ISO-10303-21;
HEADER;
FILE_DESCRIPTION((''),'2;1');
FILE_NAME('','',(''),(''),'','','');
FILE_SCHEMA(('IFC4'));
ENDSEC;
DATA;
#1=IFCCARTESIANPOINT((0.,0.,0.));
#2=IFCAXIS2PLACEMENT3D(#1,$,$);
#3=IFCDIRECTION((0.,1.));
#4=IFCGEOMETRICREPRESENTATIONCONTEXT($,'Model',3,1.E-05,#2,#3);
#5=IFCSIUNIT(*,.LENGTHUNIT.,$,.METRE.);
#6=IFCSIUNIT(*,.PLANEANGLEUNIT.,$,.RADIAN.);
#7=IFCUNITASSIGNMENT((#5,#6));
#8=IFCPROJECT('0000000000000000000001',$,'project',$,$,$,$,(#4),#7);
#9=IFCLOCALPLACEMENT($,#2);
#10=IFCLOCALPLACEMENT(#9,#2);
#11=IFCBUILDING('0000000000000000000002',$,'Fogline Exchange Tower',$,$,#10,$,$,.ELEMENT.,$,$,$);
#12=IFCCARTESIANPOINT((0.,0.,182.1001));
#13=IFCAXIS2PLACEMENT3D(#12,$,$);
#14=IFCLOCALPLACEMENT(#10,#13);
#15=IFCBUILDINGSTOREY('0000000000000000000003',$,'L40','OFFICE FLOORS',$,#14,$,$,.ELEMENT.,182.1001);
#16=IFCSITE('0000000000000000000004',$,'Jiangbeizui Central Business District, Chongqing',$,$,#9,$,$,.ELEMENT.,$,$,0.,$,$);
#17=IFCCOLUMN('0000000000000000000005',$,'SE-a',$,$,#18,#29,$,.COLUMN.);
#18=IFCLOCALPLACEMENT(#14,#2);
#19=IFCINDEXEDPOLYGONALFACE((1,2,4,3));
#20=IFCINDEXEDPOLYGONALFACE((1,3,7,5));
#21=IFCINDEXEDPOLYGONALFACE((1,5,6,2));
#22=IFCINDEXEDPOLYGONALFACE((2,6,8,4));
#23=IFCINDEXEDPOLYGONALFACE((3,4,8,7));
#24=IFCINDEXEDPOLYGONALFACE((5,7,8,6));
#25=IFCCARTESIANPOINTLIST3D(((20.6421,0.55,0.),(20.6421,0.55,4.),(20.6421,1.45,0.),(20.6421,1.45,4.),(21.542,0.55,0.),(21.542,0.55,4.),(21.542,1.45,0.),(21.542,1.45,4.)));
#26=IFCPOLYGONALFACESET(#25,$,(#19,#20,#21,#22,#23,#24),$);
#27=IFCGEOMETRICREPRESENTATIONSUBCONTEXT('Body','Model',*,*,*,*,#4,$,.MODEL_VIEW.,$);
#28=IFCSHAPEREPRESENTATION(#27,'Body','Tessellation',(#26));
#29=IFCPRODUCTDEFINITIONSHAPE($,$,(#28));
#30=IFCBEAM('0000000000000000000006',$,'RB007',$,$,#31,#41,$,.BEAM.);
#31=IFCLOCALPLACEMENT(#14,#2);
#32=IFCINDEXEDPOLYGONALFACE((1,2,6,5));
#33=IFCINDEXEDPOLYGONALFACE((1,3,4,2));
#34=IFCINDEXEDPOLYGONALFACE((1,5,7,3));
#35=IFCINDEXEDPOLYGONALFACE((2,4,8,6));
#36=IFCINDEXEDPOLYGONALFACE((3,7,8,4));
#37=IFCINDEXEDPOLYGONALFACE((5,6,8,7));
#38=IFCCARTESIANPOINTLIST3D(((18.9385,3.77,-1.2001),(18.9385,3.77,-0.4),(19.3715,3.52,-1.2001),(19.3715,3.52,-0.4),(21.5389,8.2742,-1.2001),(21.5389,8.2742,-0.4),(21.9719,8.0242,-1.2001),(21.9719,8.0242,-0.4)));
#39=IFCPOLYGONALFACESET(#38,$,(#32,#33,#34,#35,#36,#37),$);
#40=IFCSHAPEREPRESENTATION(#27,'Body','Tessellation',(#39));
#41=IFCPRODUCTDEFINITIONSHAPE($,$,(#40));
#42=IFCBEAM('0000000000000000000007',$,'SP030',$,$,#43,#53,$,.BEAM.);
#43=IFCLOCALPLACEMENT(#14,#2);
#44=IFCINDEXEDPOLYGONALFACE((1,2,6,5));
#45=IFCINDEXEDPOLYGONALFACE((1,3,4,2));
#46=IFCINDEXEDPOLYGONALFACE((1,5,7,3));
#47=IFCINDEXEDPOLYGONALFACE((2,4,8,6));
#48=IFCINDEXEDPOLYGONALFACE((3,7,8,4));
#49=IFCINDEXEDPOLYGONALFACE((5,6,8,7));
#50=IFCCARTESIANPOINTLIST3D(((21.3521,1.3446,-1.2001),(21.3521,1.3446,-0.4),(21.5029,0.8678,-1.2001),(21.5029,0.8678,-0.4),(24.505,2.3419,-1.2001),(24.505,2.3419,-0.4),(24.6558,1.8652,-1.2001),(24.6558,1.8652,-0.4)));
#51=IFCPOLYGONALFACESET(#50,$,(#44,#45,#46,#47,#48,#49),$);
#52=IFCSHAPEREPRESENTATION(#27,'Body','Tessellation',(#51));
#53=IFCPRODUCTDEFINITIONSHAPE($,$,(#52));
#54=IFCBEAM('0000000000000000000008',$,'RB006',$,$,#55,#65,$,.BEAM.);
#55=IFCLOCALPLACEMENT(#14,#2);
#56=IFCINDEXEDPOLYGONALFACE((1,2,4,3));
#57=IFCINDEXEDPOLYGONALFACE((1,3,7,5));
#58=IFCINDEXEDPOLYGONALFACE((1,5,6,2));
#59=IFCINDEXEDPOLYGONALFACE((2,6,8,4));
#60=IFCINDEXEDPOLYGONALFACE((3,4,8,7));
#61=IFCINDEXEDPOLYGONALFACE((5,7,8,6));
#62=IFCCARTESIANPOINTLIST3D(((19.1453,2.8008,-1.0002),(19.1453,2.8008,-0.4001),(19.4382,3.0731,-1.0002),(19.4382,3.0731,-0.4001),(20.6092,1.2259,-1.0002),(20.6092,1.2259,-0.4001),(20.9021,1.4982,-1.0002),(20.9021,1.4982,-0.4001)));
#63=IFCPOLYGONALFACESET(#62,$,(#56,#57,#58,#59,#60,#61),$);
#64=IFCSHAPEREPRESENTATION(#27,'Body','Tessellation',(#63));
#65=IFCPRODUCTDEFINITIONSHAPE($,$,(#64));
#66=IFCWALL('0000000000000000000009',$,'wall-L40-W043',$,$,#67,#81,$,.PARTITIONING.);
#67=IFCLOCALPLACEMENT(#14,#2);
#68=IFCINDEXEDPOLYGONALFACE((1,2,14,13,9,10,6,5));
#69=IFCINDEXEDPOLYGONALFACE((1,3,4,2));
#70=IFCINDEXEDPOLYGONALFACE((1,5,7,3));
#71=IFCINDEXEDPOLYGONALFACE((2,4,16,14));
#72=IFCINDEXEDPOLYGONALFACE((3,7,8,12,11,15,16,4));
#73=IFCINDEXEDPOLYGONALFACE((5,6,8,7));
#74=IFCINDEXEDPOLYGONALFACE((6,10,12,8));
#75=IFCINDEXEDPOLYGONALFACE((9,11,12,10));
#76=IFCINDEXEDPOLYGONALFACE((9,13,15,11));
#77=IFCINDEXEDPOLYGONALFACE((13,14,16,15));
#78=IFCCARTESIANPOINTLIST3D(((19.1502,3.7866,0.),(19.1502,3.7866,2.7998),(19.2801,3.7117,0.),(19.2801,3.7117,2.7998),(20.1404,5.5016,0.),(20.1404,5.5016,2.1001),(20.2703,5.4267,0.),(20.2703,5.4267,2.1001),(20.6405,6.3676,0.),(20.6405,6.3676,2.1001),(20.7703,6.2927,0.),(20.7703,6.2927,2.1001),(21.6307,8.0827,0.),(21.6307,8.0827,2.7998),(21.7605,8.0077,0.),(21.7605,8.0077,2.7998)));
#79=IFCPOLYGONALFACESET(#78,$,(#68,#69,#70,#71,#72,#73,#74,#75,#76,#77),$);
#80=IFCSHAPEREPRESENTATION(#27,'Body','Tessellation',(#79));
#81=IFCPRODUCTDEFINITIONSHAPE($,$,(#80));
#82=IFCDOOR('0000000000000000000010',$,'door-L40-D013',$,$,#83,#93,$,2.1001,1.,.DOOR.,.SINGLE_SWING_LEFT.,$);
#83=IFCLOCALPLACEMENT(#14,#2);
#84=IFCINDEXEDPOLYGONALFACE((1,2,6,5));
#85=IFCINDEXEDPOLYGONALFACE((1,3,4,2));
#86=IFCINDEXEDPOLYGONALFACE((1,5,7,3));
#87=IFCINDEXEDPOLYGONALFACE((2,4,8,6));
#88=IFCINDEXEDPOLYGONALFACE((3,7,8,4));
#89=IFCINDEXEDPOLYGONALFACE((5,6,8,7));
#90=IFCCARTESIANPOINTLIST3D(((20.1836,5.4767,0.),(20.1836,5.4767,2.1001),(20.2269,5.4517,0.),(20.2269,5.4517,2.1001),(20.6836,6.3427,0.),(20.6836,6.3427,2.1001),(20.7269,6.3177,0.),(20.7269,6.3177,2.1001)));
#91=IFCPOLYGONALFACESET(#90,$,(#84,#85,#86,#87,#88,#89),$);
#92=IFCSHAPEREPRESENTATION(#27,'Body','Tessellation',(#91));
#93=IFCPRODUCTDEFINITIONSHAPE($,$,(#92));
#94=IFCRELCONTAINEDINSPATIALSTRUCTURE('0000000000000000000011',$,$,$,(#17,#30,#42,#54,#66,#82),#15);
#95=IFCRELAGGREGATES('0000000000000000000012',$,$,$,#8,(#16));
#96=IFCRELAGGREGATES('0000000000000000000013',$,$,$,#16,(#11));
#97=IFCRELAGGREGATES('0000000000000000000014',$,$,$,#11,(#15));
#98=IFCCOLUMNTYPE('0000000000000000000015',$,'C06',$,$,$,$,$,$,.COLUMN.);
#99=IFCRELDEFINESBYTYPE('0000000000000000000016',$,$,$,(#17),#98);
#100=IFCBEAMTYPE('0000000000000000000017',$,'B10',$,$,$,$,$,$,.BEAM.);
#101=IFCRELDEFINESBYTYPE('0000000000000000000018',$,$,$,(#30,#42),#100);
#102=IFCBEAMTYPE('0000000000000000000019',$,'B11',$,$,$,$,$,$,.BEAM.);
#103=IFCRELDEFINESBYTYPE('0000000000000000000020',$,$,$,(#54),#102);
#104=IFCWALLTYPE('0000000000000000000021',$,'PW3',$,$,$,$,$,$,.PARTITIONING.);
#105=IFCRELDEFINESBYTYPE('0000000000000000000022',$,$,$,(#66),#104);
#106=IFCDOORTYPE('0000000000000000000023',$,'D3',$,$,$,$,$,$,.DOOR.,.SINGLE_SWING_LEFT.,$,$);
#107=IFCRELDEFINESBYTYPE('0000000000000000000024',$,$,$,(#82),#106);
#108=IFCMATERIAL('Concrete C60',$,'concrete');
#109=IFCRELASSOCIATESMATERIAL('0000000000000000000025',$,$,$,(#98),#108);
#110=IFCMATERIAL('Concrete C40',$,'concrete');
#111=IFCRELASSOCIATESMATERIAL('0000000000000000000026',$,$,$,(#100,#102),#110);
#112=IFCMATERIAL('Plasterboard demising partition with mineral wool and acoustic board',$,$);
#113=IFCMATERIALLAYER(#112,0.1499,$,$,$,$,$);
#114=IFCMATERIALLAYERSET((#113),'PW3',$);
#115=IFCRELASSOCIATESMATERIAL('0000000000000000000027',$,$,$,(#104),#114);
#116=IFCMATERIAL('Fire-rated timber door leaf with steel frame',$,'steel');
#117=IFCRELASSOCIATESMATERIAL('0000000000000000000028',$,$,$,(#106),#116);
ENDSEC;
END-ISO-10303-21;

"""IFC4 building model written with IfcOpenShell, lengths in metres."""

from ifc_helpers import new_model, si_unit, direction, frame, frame_2d, origin, origin_2d, place, context, subcontext, project, spatial, rectangle, extrude, material, layer, layer_set, material_profile, profile_set, type_object, element, fill, save


model = new_model("IFC4")

# Units and contexts
model_context = context("Model", 3, precision=1e-05, world=origin(), true_north=direction((0.0, 1.0)))
body_context = subcontext(model_context, "Body", "Model", "MODEL_VIEW")
ifc_project = project(units=[si_unit("LENGTHUNIT", "METRE"), si_unit("PLANEANGLEUNIT", "RADIAN")], contexts=[model_context])

# Site, building, storey
site_placement = place(None, origin())
site = spatial("IfcSite", under=ifc_project, at=site_placement, Name="Jiangbeizui Central Business District, Chongqing", CompositionType="ELEMENT", RefElevation=0.0)
building_placement = place(site_placement, origin())
building = spatial("IfcBuilding", under=site, at=building_placement, Name="Fogline Exchange Tower", CompositionType="ELEMENT")
storey_placement = place(building_placement, frame((0.0, 0.0, 182.1001)))
storey = spatial("IfcBuildingStorey", under=building, at=storey_placement, Name="L40", Description="OFFICE FLOORS", CompositionType="ELEMENT", Elevation=182.1001)

# Column
ifc_material_1 = material(Name="Concrete C60", Category="concrete")
ifc_material_profile_1 = material_profile(ifc_material_1, rectangle(XDim=0.8999, YDim=0.8999, at=origin_2d()), Name="RC 900x900")
ifc_profile_set_1 = profile_set([ifc_material_profile_1], Name="Concrete C60")
column_type = type_object("IfcColumnType", Name="C06", PredefinedType="COLUMN", material=ifc_profile_set_1)
column_placement = place(storey_placement, frame((21.092, 1.0, 0.0), z_axis=(0.0, 0.0, 1.0), x_axis=(1.0, 0.0, 0.0)))
element("IfcColumn", 1, at=column_placement, inside=storey, type_object=column_type, Name="SE-a", PredefinedType="COLUMN", context=body_context, shape_type="SweptSolid", body=[
    extrude(rectangle(XDim=0.8999, YDim=0.8999, at=origin_2d()), origin(), (0.0, 0.0, 1.0), 4.0),
])

# Beams
ifc_material_2 = material(Name="Concrete C40", Category="concrete")
ifc_material_profile_2 = material_profile(ifc_material_2, rectangle(XDim=0.5, YDim=0.8, at=origin_2d()), Name="RC 500x800")
ifc_profile_set_2 = profile_set([ifc_material_profile_2], Name="Concrete C40")
beam_type_1 = type_object("IfcBeamType", Name="B10", PredefinedType="BEAM", material=ifc_profile_set_2)
beam_1_placement = place(storey_placement, frame((19.155, 3.645, -0.8), z_axis=(0.499981, 0.866036, 0.0), x_axis=(-0.866036, 0.499981, 0.0)))
element("IfcBeam", 2, at=beam_1_placement, inside=storey, type_object=beam_type_1, Name="RB007", PredefinedType="BEAM", context=body_context, shape_type="SweptSolid", body=[
    extrude(rectangle(XDim=0.5, YDim=0.8, at=origin_2d()), origin(), (0.0, 0.0, 1.0), 5.2009),
])
beam_2_placement = place(storey_placement, frame((21.4275, 1.1062, -0.8), z_axis=(0.953436, 0.301594, 0.0), x_axis=(-0.301594, 0.953436, 0.0)))
element("IfcBeam", 3, at=beam_2_placement, inside=storey, type_object=beam_type_1, Name="SP030", PredefinedType="BEAM", context=body_context, shape_type="SweptSolid", body=[
    extrude(rectangle(XDim=0.5, YDim=0.8, at=origin_2d()), origin(), (0.0, 0.0, 1.0), 3.3069),
])
ifc_material_profile_3 = material_profile(ifc_material_2, rectangle(XDim=0.3999, YDim=0.6001, at=origin_2d()), Name="RC 400x600")
ifc_profile_set_3 = profile_set([ifc_material_profile_3], Name="Concrete C40")
beam_type_2 = type_object("IfcBeamType", Name="B11", PredefinedType="BEAM", material=ifc_profile_set_3)
beam_3_placement = place(storey_placement, frame((20.7556, 1.3621, -0.7002), z_axis=(-0.680804, 0.732466, 0.0), x_axis=(-0.732466, -0.680804, 0.0)))
element("IfcBeam", 4, at=beam_3_placement, inside=storey, type_object=beam_type_2, Name="RB006", PredefinedType="BEAM", context=body_context, shape_type="SweptSolid", body=[
    extrude(rectangle(XDim=0.3999, YDim=0.6001, at=origin_2d()), origin(), (0.0, 0.0, 1.0), 2.1501),
])

# Wall, opening, door
ifc_material_3 = material(Name="Plasterboard demising partition with mineral wool and acoustic board")
ifc_layer_1 = layer(ifc_material_3, 0.1499)
ifc_layer_set_1 = layer_set([ifc_layer_1], Name="PW3")
wall_type_1 = type_object("IfcWallType", Name="PW3", PredefinedType="PARTITIONING", material=ifc_layer_set_1)
wall_1_placement = place(storey_placement, frame((19.2151, 3.749, 0.0), z_axis=(0.0, 0.0, 1.0), x_axis=(0.500014, 0.866018, 0.0)))
wall_1 = element("IfcWall", 5, at=wall_1_placement, inside=storey, type_object=wall_type_1, Name="wall-L40-W043", PredefinedType="PARTITIONING", context=body_context, shape_type="SweptSolid", body=[
    extrude(rectangle(XDim=4.9607, YDim=0.1499, at=frame_2d((2.4805, 0.0))), origin(), (0.0, 0.0, 1.0), 2.7998),
])
opening_1_placement = place(wall_1_placement, frame((1.9805, 0.0, 0.0)))
opening_1 = element("IfcOpeningElement", 6, at=opening_1_placement, cuts=wall_1, PredefinedType="OPENING", context=body_context, shape_type="SweptSolid", body=[
    extrude(rectangle(XDim=1.0, YDim=2.1001, at=frame_2d((0.5, 1.05))), frame((0.0, 0.085, 0.0), z_axis=(0.0, -1.0, 0.0), x_axis=(1.0, 0.0, 0.0)), (0.0, 0.0, 1.0), 0.1699),
])
ifc_material_4 = material(Name="Fire-rated timber door leaf with steel frame", Category="steel")
door_type_1 = type_object("IfcDoorType", Name="D3", OperationType="SINGLE_SWING_LEFT", PredefinedType="DOOR", material=ifc_material_4)
door_1_placement = place(opening_1_placement, frame((1.0, 0.0, 0.0), z_axis=(0.0, 0.0, 1.0), x_axis=(-1.0, 0.0, 0.0)))
door_1 = element("IfcDoor", 7, at=door_1_placement, inside=storey, type_object=door_type_1, Name="door-L40-D013", OperationType="SINGLE_SWING_LEFT", OverallHeight=2.1001, OverallWidth=1.0, PredefinedType="DOOR", context=body_context, shape_type="SweptSolid", body=[
    extrude(rectangle(XDim=1.0, YDim=2.1001, at=frame_2d((0.5, 1.05))), frame((0.0, 0.0249, 0.0), z_axis=(0.0, -1.0, 0.0), x_axis=(1.0, 0.0, 0.0)), (0.0, 0.0, 1.0), 0.05),
])
fill(opening_1, door_1)

save(model, "model.ifc")
